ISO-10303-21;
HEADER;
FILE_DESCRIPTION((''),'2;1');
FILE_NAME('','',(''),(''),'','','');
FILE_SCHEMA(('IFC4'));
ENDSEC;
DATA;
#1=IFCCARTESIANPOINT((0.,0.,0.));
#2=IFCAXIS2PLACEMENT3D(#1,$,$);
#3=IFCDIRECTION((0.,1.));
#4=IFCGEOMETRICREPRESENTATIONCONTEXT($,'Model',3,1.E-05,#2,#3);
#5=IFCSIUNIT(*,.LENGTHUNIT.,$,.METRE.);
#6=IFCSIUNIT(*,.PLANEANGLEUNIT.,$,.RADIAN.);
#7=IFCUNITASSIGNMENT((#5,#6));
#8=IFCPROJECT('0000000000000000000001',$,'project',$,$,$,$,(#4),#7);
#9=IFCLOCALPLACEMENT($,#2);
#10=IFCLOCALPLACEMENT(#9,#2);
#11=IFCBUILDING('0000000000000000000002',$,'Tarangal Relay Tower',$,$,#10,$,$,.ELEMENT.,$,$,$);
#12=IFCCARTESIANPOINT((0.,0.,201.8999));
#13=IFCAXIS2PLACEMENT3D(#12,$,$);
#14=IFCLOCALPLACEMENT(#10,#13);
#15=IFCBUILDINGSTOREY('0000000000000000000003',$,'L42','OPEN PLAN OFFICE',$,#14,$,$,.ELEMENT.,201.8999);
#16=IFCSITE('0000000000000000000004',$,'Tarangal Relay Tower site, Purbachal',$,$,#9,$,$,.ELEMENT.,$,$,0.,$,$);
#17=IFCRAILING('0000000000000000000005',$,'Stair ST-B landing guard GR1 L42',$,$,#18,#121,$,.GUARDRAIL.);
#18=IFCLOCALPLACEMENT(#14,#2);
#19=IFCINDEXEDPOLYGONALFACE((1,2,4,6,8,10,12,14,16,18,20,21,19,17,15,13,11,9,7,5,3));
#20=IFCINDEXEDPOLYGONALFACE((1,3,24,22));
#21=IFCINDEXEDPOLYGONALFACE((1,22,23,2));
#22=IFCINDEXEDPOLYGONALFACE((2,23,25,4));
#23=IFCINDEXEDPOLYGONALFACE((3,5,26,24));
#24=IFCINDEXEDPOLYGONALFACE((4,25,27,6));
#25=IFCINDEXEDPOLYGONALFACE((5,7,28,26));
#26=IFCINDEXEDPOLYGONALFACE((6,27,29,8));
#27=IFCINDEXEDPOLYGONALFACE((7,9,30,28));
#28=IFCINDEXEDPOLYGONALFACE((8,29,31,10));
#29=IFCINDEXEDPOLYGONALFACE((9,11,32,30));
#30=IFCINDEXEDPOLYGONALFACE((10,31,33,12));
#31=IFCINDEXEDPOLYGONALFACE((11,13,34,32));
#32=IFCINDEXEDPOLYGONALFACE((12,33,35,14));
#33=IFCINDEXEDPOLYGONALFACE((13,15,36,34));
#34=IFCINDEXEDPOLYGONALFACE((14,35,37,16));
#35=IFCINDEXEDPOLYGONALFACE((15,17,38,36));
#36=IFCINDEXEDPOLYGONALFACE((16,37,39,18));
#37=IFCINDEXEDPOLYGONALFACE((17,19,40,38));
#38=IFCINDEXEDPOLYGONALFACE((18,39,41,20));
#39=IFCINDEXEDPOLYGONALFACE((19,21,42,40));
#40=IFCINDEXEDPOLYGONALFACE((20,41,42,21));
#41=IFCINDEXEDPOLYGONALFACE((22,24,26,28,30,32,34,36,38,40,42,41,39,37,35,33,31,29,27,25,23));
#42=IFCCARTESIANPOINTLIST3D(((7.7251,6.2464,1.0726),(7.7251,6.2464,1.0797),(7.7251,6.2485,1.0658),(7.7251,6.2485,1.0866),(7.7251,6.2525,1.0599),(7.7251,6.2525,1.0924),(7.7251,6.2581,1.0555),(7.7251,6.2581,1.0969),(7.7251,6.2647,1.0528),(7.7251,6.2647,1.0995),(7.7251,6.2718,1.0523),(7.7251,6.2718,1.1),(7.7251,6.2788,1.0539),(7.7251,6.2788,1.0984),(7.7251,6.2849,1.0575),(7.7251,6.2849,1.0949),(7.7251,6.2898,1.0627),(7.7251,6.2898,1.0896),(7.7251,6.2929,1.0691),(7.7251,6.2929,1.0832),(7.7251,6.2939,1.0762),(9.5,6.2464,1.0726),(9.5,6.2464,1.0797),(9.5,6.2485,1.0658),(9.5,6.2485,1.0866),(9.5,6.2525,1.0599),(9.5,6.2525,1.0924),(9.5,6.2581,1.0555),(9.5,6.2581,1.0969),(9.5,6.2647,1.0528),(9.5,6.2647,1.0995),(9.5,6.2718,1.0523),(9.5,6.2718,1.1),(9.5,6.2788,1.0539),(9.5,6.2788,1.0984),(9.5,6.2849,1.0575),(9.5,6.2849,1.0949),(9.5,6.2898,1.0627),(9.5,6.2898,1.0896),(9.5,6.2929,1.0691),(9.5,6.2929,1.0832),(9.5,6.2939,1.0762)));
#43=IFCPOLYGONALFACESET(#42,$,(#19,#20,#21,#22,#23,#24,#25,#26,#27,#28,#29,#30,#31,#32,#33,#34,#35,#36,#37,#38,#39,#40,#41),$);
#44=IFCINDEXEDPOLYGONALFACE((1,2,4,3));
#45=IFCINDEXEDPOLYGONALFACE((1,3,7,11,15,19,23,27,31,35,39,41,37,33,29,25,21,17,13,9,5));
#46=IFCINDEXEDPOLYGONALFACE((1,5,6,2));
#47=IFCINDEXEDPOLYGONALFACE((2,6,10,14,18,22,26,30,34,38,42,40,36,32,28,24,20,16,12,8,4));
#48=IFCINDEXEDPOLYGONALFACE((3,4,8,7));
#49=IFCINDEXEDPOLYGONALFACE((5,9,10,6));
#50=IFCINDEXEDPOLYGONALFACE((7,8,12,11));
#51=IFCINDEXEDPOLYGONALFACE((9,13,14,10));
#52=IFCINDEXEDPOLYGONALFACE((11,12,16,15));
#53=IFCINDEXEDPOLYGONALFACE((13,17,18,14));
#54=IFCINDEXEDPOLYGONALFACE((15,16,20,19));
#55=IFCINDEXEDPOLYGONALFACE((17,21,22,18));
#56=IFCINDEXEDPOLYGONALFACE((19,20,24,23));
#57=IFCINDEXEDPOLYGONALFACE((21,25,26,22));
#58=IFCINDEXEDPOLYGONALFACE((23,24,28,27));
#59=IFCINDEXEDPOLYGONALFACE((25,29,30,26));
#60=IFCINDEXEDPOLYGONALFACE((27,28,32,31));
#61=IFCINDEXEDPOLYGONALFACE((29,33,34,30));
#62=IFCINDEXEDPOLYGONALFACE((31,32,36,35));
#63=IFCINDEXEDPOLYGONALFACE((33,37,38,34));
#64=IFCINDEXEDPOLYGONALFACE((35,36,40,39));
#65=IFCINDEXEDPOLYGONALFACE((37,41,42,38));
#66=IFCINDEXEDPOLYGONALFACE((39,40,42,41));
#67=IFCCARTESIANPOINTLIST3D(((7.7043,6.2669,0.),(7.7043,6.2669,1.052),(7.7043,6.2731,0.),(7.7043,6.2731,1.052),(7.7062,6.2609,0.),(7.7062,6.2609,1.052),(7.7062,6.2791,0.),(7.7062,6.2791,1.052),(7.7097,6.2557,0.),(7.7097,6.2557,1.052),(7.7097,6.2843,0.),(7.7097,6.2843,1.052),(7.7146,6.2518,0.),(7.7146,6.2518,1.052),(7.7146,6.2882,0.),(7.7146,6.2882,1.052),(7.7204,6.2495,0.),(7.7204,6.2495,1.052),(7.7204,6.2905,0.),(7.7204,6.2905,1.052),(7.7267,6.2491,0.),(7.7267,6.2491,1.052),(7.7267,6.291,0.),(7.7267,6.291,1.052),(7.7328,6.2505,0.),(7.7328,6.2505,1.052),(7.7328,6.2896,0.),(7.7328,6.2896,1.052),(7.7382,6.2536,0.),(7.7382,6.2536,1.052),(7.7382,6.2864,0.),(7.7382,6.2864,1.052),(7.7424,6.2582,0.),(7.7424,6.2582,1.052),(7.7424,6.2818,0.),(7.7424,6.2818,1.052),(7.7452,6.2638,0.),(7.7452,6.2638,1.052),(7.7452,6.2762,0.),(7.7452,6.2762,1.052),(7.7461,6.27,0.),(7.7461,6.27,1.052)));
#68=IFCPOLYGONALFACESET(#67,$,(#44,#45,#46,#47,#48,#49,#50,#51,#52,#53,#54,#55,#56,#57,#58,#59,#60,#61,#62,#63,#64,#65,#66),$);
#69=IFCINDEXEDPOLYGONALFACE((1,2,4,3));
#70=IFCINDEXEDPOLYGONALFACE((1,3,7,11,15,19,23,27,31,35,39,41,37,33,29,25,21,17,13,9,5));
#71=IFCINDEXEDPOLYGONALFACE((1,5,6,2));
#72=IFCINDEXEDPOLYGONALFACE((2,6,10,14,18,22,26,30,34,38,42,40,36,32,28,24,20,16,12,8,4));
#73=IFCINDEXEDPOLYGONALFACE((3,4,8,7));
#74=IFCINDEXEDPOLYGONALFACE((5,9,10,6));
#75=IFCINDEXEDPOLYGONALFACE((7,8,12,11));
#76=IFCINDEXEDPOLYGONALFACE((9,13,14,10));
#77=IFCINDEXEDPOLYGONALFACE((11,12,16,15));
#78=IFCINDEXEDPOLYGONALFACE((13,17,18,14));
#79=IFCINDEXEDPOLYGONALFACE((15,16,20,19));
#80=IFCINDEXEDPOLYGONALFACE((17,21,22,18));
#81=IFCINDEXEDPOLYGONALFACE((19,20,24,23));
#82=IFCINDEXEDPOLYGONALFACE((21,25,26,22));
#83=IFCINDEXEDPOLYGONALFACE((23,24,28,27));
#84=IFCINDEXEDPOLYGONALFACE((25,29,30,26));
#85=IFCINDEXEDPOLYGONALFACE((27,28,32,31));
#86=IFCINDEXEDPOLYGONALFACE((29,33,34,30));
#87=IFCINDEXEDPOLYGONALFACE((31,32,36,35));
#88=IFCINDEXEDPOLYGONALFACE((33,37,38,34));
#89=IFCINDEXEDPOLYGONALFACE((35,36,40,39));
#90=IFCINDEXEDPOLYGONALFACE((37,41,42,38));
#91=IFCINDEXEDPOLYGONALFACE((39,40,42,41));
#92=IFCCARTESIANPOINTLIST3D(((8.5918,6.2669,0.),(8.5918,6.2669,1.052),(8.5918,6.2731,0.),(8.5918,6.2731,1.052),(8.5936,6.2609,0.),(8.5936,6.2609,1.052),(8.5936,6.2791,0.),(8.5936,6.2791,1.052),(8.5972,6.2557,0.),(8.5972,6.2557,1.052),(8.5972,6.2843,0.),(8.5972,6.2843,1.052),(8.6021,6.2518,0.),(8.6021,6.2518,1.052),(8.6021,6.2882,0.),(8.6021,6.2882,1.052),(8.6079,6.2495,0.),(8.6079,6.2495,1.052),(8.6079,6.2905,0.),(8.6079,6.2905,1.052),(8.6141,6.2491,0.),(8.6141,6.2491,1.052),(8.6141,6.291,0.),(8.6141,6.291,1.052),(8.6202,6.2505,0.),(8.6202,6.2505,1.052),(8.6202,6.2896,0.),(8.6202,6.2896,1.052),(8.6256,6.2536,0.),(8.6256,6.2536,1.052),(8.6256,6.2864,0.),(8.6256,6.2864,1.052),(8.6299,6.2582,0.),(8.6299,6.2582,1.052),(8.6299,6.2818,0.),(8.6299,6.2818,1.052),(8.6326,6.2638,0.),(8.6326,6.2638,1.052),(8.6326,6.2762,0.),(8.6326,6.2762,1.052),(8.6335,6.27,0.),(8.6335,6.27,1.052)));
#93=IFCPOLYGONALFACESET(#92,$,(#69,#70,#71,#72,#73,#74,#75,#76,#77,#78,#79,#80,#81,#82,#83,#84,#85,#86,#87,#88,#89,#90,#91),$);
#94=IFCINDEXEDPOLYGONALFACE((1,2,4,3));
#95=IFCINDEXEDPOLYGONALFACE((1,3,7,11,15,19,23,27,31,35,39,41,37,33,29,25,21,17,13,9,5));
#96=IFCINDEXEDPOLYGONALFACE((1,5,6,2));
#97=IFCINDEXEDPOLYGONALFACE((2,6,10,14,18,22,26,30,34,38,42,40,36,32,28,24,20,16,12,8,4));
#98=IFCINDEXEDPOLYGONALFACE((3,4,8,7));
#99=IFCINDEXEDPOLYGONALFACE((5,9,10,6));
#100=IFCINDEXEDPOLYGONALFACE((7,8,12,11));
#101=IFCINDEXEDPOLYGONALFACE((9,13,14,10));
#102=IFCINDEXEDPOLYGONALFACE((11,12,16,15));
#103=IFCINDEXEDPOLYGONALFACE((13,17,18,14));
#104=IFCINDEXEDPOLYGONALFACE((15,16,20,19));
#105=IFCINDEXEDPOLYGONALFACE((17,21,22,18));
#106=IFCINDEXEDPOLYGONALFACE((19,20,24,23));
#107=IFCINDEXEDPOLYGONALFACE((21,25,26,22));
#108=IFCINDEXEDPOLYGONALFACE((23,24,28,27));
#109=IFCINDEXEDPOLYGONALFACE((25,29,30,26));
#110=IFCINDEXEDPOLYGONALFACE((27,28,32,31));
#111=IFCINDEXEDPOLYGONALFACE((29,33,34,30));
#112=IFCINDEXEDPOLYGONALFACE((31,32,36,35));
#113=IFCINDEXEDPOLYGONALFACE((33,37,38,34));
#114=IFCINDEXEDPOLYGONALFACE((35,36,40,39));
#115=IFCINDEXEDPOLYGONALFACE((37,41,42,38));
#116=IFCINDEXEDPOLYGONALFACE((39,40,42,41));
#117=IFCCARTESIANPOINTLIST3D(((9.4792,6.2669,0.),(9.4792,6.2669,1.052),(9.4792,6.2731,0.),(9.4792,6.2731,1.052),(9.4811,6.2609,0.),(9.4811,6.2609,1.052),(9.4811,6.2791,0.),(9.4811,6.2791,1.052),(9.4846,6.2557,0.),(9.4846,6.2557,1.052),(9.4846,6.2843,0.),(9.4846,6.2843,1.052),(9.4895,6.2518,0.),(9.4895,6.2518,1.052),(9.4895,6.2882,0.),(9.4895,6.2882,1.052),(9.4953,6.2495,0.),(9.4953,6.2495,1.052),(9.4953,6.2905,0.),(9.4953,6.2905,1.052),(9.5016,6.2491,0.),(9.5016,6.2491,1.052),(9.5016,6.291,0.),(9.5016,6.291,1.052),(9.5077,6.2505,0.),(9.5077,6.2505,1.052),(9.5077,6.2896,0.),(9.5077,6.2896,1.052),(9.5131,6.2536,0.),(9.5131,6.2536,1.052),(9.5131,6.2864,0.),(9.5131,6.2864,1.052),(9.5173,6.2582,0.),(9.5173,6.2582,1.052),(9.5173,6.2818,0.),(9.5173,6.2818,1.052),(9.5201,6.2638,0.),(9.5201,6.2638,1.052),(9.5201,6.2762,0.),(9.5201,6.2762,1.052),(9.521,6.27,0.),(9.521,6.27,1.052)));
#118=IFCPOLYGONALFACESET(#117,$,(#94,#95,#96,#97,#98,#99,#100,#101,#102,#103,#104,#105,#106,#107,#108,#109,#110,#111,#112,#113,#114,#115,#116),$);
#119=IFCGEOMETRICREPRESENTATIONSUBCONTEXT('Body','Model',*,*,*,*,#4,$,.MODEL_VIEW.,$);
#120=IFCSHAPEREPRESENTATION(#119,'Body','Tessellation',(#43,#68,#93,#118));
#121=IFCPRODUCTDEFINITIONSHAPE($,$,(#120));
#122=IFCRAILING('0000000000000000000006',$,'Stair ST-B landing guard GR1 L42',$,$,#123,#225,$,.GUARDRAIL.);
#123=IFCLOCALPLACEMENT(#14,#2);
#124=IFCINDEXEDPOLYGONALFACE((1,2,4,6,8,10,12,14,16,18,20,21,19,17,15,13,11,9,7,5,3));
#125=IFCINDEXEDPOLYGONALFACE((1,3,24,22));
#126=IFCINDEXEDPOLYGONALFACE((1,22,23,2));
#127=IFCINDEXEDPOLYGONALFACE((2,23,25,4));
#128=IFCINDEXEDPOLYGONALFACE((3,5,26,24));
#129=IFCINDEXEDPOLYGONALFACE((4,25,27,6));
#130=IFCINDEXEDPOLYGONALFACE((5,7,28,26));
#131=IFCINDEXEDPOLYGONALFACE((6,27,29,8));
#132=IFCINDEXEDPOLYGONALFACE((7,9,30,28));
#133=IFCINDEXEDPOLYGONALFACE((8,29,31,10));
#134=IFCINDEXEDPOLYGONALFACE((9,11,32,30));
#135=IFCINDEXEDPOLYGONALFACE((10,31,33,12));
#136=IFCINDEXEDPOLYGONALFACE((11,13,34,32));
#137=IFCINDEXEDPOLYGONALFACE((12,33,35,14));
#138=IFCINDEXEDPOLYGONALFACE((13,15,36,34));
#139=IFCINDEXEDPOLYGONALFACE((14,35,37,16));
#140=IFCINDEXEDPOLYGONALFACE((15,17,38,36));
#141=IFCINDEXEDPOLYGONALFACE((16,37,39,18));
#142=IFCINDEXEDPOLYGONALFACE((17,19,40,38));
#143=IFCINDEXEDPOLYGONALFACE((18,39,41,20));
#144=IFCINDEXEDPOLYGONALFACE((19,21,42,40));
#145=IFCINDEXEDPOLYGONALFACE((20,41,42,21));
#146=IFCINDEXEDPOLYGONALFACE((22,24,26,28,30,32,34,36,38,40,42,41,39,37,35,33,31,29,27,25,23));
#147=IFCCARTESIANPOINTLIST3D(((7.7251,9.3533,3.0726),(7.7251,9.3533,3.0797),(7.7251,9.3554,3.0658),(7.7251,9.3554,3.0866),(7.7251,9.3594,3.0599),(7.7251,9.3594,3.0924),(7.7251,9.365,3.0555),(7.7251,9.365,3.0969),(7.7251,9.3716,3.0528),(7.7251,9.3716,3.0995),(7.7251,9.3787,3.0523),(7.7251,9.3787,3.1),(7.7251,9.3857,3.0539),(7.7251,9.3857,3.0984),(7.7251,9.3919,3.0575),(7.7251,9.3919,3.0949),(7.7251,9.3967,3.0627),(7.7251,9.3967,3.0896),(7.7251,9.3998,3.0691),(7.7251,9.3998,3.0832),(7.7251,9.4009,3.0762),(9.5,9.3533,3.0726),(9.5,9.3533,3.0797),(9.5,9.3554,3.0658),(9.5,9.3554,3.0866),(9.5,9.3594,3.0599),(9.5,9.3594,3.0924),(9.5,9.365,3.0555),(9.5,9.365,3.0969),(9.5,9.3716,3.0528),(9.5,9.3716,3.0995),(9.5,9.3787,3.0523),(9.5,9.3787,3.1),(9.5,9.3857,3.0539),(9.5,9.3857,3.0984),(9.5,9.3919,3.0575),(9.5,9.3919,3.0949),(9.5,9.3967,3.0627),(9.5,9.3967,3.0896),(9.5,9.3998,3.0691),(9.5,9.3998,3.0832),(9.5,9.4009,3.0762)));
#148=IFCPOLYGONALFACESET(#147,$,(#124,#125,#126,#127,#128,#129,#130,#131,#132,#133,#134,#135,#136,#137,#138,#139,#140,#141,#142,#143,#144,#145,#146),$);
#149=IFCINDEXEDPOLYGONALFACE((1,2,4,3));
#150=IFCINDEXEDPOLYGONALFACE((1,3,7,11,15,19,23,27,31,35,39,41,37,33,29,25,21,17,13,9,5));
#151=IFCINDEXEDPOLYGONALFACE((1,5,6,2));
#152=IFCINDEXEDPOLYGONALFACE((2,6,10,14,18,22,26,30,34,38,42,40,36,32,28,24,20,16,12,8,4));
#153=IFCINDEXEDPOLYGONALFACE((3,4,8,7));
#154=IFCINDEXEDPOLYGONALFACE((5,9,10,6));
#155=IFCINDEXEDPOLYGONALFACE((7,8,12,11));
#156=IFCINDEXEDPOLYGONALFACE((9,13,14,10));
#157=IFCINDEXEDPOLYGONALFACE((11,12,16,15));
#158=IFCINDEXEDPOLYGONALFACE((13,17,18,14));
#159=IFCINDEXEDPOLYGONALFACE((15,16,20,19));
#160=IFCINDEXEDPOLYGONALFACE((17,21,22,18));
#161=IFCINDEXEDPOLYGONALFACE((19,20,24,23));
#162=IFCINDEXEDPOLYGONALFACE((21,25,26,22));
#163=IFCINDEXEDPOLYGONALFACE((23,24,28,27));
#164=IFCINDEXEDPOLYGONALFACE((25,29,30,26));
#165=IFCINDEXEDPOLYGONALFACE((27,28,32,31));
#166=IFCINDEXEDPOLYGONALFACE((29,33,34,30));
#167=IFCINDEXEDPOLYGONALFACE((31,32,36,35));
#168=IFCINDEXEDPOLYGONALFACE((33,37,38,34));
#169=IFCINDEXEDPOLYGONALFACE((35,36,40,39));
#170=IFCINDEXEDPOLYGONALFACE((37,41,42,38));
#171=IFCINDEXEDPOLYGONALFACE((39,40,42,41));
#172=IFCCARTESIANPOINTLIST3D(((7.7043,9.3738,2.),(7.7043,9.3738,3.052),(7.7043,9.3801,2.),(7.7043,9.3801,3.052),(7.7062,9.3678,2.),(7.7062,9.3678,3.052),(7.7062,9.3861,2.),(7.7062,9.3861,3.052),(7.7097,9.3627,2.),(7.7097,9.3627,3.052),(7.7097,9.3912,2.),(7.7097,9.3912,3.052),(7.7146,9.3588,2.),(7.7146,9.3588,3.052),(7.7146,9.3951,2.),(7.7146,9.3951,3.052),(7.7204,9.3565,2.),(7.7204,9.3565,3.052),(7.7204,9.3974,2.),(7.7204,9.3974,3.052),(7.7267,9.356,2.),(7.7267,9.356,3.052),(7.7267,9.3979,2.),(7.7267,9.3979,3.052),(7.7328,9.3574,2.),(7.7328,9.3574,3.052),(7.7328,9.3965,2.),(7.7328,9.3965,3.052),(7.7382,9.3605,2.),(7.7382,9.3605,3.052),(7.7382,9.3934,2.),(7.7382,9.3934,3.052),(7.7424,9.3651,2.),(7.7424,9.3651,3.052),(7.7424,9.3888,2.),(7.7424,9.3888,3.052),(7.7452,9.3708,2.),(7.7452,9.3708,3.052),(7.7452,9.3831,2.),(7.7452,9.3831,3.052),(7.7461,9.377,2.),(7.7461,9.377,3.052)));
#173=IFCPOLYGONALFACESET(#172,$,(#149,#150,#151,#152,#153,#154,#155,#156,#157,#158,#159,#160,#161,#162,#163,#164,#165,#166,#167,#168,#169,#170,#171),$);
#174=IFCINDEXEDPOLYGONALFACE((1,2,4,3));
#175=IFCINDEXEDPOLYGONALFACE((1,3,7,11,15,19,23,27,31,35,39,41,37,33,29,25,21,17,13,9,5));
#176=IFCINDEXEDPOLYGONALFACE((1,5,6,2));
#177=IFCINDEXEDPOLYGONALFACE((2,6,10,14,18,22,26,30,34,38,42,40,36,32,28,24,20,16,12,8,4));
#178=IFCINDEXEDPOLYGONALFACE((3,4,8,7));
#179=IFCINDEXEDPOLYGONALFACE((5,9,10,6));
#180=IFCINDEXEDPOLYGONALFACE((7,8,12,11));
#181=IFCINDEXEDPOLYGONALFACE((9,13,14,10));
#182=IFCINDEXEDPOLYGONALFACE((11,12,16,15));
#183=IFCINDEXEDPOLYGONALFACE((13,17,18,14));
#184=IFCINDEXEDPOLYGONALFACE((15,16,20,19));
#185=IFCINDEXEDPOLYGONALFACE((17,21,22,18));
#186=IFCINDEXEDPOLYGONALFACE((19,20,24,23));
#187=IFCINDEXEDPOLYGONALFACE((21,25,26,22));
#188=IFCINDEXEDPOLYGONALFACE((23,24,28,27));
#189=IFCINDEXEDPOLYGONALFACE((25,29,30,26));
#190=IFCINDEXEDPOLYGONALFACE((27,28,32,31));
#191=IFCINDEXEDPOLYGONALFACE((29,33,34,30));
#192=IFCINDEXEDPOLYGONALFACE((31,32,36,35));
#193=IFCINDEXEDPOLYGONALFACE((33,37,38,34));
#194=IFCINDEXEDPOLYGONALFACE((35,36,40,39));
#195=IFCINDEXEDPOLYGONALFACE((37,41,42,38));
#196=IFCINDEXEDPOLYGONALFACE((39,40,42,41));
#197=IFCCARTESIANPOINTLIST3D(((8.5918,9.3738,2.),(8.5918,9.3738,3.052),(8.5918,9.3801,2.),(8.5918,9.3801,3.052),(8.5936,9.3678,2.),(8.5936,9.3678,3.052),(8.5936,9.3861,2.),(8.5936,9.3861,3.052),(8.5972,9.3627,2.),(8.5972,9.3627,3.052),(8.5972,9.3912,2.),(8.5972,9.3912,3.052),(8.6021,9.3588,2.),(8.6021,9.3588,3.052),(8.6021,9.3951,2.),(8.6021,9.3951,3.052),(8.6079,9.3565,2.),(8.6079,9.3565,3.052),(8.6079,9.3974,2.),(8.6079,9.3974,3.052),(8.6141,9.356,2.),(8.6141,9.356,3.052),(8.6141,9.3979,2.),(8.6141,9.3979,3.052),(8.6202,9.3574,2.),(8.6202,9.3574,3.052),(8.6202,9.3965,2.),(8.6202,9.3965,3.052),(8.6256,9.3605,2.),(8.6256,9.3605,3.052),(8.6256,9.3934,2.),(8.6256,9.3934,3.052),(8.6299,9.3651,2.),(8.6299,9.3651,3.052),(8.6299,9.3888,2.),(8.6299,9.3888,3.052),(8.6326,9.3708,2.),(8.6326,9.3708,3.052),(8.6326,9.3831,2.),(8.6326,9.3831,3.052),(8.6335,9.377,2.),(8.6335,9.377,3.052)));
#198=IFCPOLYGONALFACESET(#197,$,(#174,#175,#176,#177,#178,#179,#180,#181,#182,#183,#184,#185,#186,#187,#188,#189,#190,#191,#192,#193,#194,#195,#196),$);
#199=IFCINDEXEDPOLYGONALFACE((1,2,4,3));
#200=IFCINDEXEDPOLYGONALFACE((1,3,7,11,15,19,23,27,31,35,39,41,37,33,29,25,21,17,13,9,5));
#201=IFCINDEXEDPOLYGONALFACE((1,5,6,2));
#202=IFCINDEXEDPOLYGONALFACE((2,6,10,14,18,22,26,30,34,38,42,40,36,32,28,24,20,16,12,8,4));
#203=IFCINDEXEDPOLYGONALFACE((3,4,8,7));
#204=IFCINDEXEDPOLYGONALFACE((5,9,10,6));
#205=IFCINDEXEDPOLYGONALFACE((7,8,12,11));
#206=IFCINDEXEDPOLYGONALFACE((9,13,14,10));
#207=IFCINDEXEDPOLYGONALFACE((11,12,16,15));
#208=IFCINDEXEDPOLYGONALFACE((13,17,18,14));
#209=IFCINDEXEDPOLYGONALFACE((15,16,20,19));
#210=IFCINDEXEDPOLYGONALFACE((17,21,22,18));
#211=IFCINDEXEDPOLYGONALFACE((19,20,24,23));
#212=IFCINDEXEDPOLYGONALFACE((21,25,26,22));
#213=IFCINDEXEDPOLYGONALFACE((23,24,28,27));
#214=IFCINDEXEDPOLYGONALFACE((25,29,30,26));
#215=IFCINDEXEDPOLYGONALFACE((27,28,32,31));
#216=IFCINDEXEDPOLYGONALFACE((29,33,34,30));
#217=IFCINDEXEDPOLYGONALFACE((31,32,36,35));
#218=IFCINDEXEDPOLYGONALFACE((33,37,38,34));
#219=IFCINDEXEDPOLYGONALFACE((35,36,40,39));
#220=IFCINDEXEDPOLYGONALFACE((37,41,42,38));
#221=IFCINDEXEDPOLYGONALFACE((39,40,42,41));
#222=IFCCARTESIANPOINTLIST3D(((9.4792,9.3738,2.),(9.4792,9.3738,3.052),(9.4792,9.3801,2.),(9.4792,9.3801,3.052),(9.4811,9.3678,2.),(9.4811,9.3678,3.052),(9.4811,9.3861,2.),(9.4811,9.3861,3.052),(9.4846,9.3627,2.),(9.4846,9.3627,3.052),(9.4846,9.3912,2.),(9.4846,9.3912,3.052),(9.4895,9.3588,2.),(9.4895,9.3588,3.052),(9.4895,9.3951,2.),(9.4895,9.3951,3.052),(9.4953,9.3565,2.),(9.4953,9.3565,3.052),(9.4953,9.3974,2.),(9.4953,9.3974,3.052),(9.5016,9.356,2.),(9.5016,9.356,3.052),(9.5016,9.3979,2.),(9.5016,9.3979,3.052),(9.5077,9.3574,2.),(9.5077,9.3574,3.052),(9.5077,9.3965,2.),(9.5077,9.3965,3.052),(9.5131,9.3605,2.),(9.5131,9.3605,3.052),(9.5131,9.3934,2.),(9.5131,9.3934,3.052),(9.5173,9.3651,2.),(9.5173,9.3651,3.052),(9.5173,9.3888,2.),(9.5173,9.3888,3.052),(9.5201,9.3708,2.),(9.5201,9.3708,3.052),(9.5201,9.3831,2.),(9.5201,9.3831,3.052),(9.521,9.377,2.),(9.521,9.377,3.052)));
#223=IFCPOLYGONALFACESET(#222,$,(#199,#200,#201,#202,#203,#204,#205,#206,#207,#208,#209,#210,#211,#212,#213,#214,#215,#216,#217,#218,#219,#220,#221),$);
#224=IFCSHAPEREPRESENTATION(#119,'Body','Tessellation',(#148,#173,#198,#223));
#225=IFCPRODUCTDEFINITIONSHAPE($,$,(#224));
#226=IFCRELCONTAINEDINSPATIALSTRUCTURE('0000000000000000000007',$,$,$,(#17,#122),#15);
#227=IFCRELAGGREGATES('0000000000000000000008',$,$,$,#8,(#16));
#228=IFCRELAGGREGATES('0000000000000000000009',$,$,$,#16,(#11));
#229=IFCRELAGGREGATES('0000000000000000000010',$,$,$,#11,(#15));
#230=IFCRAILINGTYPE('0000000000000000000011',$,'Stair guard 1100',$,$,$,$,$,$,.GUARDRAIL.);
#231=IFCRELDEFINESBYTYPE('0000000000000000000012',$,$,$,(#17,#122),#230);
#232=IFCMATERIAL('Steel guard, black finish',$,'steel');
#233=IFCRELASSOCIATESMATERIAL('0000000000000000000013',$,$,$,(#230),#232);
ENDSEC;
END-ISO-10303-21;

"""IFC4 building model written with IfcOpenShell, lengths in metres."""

from ifc_helpers import new_model, si_unit, direction, frame, origin, origin_2d, place, context, subcontext, project, spatial, circle, extrude, material, type_object, element, save


model = new_model("IFC4")

# Units and contexts
model_context = context("Model", 3, precision=1e-05, world=origin(), true_north=direction((0.0, 1.0)))
body_context = subcontext(model_context, "Body", "Model", "MODEL_VIEW")
ifc_project = project(units=[si_unit("LENGTHUNIT", "METRE"), si_unit("PLANEANGLEUNIT", "RADIAN")], contexts=[model_context])

# Site, building, storey
site_placement = place(None, origin())
site = spatial("IfcSite", under=ifc_project, at=site_placement, Name="Tarangal Relay Tower site, Purbachal", CompositionType="ELEMENT", RefElevation=0.0)
building_placement = place(site_placement, origin())
building = spatial("IfcBuilding", under=site, at=building_placement, Name="Tarangal Relay Tower", CompositionType="ELEMENT")
storey_placement = place(building_placement, frame((0.0, 0.0, 201.8999)))
storey = spatial("IfcBuildingStorey", under=building, at=storey_placement, Name="L42", Description="OPEN PLAN OFFICE", CompositionType="ELEMENT", Elevation=201.8999)

# Railings
ifc_material_1 = material(Name="Steel guard, black finish", Category="steel")
railing_type_1 = type_object("IfcRailingType", Name="Stair guard 1100", PredefinedType="GUARDRAIL", material=ifc_material_1)
for number, where, name in (
    (1, (7.7251, 6.27, 0.0), "Stair ST-B landing guard GR1 L42"),
    (2, (7.7251, 9.377, 2.0), "Stair ST-B landing guard GR1 L42"),
):
    element("IfcRailing", number, at=place(storey_placement, frame(where)), inside=storey, type_object=railing_type_1, Name=name, PredefinedType="GUARDRAIL", context=body_context, shape_type="SweptSolid", body=[
        extrude(circle(Radius=0.0239, at=origin_2d()), frame((0.0, 0.0, 1.0762), z_axis=(1.0, 0.0, 0.0), x_axis=(0.0, 1.0, 0.0)), (0.0, 0.0, 1.0), 1.7749),
        extrude(circle(Radius=0.021, at=origin_2d()), origin(), (0.0, 0.0, 1.0), 1.052),
        extrude(circle(Radius=0.021, at=origin_2d()), frame((0.8875, 0.0, 0.0)), (0.0, 0.0, 1.0), 1.052),
        extrude(circle(Radius=0.021, at=origin_2d()), frame((1.7749, 0.0, 0.0)), (0.0, 0.0, 1.0), 1.052),
    ])

save(model, "model.ifc")
